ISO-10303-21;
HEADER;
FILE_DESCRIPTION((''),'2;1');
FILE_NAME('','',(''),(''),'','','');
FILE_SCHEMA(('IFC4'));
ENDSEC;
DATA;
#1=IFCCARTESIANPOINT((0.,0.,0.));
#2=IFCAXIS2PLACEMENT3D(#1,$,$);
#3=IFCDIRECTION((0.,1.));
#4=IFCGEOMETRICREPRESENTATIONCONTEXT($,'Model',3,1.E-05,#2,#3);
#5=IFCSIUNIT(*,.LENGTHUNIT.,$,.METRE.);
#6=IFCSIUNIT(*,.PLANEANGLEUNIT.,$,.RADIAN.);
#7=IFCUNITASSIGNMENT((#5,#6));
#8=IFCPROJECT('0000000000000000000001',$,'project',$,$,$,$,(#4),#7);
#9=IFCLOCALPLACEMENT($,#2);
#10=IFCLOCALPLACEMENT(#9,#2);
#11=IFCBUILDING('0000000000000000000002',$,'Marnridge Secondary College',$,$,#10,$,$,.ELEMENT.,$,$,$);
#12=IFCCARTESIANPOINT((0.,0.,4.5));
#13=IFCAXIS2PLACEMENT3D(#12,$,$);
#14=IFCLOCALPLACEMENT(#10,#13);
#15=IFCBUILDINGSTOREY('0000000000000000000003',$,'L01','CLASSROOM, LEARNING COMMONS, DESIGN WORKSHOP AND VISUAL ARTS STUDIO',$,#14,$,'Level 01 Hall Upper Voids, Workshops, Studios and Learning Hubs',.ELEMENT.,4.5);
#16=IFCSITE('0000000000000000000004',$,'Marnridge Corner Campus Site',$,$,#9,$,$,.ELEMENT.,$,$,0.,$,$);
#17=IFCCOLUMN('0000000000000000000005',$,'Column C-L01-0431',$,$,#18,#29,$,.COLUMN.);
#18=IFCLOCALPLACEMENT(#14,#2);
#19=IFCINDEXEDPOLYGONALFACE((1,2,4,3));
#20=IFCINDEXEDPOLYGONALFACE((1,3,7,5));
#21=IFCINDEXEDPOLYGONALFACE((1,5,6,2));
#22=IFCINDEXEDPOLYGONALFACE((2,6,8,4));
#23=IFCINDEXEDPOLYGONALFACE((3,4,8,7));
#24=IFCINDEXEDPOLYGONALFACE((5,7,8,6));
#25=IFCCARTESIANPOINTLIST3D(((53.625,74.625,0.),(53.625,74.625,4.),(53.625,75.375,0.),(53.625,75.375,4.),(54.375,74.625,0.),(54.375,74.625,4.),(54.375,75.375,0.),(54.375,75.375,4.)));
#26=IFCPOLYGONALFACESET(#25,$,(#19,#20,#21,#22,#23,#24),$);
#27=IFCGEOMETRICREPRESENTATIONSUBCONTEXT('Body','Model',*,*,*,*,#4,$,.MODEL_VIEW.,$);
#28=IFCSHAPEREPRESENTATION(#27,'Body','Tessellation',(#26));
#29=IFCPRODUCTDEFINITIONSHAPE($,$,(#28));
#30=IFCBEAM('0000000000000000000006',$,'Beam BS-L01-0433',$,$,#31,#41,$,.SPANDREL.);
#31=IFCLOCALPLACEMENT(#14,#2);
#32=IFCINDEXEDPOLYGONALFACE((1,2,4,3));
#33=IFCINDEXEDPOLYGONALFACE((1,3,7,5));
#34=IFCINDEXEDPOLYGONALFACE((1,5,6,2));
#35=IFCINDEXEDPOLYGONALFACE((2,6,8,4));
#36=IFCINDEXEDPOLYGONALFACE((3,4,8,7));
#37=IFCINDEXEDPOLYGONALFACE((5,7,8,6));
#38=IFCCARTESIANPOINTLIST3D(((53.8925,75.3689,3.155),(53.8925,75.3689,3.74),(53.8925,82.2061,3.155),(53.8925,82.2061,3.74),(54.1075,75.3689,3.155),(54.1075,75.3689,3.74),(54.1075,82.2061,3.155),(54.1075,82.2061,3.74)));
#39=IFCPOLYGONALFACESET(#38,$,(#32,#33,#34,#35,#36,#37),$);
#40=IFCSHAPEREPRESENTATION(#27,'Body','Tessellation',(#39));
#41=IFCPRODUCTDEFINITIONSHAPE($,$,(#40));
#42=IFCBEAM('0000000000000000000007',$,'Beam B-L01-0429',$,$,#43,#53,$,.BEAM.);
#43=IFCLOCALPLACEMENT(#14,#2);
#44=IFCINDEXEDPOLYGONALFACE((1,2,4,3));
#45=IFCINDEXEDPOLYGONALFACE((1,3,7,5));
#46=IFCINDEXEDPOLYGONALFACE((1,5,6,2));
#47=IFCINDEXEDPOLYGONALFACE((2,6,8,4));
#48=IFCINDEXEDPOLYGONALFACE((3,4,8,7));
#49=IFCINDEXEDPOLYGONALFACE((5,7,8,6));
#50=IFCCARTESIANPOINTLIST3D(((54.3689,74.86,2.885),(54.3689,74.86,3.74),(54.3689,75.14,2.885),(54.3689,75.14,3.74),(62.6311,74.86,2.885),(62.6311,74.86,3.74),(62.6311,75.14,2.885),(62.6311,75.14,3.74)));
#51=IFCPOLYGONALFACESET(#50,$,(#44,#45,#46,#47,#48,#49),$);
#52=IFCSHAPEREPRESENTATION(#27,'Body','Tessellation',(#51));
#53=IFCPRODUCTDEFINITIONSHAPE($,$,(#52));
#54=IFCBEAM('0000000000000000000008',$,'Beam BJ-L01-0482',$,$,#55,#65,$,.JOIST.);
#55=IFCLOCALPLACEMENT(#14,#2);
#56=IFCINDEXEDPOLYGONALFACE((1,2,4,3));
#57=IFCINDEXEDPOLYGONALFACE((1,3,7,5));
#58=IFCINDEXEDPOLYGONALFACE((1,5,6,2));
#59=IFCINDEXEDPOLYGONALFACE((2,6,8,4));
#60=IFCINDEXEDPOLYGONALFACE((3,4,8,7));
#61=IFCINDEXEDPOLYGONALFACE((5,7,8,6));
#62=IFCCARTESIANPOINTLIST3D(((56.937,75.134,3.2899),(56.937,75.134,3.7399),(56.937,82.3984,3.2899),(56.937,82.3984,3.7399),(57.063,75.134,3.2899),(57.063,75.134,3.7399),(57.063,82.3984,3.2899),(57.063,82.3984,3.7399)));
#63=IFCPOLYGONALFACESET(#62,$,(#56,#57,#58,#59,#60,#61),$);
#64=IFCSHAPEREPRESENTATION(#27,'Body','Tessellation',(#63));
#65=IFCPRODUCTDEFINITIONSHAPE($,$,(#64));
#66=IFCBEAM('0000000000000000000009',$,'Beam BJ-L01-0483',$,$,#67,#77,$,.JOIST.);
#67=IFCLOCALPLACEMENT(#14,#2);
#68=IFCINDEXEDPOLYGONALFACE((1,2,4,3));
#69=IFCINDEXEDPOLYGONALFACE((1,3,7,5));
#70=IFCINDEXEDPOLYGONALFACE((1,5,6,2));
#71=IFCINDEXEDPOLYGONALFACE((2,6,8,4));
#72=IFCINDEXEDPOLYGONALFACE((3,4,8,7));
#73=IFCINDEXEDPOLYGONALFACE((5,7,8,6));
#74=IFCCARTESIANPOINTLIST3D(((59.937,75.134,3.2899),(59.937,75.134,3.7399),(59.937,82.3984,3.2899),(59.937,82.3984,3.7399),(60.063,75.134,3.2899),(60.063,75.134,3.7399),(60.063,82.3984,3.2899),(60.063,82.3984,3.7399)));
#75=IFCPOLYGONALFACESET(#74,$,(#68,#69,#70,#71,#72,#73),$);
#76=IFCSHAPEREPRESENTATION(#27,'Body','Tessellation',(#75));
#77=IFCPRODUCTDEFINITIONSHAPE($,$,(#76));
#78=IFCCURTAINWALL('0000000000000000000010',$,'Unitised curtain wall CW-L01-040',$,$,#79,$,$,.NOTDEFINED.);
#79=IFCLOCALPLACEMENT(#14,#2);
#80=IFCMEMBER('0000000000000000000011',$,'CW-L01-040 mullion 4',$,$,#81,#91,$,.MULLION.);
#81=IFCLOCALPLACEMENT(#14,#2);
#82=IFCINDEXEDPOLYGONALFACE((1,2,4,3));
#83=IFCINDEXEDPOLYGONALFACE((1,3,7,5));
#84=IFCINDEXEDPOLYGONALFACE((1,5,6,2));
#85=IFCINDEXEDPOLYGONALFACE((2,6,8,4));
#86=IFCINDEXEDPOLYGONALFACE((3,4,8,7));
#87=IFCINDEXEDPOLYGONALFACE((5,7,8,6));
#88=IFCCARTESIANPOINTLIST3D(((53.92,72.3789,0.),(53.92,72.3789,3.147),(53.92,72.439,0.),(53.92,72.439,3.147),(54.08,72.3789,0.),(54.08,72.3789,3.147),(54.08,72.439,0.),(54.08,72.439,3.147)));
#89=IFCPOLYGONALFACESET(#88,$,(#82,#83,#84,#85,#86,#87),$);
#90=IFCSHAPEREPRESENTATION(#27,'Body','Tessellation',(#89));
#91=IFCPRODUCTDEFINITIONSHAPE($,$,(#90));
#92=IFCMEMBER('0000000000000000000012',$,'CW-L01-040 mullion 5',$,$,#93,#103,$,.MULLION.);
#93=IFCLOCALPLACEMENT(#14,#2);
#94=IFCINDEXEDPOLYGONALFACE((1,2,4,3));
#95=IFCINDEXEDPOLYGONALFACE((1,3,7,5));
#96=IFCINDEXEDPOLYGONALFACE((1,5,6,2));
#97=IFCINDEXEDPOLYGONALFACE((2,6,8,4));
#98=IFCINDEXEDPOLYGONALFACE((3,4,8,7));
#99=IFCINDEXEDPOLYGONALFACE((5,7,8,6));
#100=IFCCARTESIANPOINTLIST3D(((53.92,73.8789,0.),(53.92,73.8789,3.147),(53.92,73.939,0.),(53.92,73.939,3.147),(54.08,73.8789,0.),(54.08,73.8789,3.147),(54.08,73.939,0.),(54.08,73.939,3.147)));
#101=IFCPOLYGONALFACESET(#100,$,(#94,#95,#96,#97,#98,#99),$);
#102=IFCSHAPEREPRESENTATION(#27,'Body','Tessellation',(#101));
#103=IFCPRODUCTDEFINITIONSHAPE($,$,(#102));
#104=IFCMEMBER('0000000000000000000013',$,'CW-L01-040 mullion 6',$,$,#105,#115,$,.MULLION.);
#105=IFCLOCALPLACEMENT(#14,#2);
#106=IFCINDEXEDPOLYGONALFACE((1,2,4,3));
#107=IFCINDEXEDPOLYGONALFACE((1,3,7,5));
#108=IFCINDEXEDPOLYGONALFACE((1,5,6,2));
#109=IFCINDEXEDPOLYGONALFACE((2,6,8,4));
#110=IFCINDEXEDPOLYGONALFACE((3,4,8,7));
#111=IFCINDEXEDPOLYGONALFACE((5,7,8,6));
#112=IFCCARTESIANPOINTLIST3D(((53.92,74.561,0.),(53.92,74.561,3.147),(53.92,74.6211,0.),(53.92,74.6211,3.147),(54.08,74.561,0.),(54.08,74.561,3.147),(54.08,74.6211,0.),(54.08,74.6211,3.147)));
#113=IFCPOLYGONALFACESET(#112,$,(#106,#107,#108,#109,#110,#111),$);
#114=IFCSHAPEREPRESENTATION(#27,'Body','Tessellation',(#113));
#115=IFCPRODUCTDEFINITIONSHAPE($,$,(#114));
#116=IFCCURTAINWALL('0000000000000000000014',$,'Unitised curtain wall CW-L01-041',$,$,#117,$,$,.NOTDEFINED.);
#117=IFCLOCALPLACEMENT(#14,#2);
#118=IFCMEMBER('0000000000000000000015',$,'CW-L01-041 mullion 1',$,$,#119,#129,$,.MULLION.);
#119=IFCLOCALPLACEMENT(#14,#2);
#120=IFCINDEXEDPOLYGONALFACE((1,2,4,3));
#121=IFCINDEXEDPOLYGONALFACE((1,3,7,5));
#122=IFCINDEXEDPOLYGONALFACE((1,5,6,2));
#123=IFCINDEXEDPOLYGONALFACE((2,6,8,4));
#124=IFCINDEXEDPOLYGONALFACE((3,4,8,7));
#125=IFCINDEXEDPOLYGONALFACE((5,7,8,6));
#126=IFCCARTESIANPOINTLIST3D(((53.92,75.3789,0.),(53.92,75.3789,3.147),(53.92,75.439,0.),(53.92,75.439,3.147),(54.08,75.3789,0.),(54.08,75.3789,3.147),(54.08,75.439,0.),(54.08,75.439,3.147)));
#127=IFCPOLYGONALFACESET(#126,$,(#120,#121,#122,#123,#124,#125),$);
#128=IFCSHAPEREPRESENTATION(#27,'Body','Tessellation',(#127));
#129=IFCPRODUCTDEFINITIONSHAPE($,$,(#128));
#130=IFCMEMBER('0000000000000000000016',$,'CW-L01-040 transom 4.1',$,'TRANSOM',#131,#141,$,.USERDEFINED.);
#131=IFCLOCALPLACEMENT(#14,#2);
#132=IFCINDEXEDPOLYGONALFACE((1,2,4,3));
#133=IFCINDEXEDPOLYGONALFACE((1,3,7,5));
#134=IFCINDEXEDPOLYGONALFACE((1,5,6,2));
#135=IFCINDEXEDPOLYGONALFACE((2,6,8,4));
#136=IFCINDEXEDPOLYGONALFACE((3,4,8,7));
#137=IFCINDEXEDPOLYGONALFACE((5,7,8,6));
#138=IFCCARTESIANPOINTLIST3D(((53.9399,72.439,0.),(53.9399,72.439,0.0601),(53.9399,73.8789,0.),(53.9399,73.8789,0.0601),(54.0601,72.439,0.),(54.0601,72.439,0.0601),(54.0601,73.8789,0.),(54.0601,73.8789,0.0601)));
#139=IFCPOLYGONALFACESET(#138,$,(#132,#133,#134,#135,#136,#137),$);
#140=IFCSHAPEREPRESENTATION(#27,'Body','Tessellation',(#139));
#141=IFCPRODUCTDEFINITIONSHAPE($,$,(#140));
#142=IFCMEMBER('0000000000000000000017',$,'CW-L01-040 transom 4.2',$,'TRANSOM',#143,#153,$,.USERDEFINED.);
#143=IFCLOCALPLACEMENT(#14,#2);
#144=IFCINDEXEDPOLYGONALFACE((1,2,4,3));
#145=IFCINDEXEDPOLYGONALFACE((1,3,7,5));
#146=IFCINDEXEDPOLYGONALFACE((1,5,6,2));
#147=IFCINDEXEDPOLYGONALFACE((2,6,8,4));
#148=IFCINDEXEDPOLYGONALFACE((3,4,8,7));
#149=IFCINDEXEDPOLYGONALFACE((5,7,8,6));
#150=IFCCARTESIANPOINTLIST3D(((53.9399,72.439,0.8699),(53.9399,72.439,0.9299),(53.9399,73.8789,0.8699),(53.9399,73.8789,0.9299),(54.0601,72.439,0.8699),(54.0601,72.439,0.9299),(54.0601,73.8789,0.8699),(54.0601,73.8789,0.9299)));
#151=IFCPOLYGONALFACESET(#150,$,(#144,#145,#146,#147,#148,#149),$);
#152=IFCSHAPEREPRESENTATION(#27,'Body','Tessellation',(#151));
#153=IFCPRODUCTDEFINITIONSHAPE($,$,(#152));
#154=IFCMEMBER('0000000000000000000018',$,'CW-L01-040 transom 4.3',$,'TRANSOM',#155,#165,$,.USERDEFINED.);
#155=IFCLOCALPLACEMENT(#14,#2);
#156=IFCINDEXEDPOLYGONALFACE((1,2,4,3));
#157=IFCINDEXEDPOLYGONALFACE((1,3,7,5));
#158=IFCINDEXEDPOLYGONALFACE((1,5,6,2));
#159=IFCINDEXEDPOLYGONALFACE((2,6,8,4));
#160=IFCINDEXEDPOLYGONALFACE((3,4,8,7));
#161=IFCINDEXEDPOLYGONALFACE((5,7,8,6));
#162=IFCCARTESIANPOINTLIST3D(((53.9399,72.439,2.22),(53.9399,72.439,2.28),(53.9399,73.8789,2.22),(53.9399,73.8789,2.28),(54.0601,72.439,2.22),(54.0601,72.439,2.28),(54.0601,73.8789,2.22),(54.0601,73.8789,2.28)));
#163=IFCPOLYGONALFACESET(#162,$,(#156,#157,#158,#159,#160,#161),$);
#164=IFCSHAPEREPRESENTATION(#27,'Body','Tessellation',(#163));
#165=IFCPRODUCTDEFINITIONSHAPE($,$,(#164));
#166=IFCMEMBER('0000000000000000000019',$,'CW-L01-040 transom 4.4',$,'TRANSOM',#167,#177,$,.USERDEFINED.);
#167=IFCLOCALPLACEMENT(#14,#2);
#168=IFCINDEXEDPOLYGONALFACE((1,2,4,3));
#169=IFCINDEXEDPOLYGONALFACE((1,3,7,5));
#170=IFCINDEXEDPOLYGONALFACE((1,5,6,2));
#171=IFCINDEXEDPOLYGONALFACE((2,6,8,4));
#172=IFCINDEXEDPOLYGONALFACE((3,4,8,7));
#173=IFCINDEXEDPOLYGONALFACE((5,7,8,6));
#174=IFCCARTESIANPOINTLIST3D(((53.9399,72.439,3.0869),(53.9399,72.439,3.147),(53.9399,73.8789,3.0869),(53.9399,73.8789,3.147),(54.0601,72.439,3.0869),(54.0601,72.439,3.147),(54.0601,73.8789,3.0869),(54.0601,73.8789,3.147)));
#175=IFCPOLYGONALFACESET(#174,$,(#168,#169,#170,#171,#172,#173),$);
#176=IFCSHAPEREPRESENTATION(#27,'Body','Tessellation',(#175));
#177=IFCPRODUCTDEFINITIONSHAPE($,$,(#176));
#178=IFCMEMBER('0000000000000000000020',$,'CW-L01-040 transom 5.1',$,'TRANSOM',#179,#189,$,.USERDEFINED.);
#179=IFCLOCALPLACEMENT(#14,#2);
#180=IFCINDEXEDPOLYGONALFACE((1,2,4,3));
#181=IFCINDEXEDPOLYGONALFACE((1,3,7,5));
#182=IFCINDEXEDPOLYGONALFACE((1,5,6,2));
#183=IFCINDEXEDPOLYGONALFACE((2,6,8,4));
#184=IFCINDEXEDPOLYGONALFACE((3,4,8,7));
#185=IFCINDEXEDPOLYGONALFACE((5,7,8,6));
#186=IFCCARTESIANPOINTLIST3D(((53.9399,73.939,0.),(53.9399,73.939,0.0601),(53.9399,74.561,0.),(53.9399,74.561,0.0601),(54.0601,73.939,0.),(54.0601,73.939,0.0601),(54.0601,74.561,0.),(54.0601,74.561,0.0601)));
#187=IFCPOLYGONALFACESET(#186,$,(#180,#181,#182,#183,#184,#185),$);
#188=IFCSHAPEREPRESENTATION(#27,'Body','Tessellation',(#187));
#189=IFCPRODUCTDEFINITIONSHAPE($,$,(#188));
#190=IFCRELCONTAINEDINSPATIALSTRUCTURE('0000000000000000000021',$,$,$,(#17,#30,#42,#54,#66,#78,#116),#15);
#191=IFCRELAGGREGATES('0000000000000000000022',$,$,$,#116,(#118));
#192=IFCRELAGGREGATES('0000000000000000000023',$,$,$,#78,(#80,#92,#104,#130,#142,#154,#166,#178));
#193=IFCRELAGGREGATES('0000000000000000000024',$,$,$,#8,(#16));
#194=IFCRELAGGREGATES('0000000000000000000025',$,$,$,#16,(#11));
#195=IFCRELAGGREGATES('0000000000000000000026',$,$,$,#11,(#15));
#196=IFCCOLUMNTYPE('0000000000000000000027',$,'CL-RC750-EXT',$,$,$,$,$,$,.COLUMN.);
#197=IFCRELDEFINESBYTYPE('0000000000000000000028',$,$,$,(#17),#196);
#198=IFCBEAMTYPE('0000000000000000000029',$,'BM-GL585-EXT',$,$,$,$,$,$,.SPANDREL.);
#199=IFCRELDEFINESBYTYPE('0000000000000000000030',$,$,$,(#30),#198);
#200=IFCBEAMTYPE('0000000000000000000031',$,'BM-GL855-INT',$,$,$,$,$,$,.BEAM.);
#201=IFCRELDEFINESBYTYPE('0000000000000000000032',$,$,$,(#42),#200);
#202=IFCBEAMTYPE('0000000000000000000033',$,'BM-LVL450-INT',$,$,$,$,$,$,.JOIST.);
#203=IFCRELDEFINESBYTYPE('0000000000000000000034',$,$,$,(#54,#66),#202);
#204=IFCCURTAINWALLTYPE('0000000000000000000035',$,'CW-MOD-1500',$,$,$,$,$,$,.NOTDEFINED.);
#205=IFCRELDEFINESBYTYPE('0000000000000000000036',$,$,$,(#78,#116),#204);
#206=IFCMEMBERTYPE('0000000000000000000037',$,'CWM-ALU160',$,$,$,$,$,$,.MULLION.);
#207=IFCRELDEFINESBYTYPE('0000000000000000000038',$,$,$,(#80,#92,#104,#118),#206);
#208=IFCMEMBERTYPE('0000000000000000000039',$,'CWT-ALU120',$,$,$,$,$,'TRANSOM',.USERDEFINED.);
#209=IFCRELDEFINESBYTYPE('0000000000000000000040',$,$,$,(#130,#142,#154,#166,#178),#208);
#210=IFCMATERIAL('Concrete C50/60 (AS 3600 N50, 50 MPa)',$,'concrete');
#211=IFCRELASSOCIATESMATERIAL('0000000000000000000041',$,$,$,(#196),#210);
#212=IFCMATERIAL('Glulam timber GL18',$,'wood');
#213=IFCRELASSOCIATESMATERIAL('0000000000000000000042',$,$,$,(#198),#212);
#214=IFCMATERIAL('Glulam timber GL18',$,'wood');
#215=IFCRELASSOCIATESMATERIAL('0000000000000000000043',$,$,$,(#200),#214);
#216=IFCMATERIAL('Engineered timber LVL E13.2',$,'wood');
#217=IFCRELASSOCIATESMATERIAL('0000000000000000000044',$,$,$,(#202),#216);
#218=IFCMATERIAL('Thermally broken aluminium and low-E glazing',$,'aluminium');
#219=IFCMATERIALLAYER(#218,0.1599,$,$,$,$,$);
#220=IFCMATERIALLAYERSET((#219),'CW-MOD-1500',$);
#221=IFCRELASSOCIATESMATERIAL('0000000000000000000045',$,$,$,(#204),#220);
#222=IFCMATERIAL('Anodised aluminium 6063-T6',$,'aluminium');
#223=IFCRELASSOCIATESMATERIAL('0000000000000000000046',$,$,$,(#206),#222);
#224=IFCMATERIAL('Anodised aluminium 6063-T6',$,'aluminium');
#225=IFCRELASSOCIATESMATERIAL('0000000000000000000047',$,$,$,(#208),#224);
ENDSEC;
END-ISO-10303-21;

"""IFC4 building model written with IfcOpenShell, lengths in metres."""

from ifc_helpers import new_model, si_unit, direction, frame, origin, origin_2d, place, context, subcontext, project, spatial, rectangle, extrude, material, layer, layer_set, material_profile, profile_set, type_object, element, aggregate, save


model = new_model("IFC4")

# Units and contexts
model_context = context("Model", 3, precision=1e-05, world=origin(), true_north=direction((0.0, 1.0)))
body_context = subcontext(model_context, "Body", "Model", "MODEL_VIEW")
ifc_project = project(units=[si_unit("LENGTHUNIT", "METRE"), si_unit("PLANEANGLEUNIT", "RADIAN")], contexts=[model_context])

# Site, building, storey
site_placement = place(None, origin())
site = spatial("IfcSite", under=ifc_project, at=site_placement, Name="Marnridge Corner Campus Site", CompositionType="ELEMENT", RefElevation=0.0)
building_placement = place(site_placement, origin())
building = spatial("IfcBuilding", under=site, at=building_placement, Name="Marnridge Secondary College", CompositionType="ELEMENT")
storey_placement = place(building_placement, frame((0.0, 0.0, 4.5)))
storey = spatial("IfcBuildingStorey", under=building, at=storey_placement, Name="L01", Description="CLASSROOM, LEARNING COMMONS, DESIGN WORKSHOP AND VISUAL ARTS STUDIO", LongName="Level 01 Hall Upper Voids, Workshops, Studios and Learning Hubs", CompositionType="ELEMENT", Elevation=4.5)

# Column
ifc_material_1 = material(Name="Concrete C50/60 (AS 3600 N50, 50 MPa)", Category="concrete")
ifc_material_profile_1 = material_profile(ifc_material_1, rectangle(XDim=0.75, YDim=0.75, at=origin_2d()), Name="RC 750x750")
ifc_profile_set_1 = profile_set([ifc_material_profile_1], Name="Concrete C50/60 (AS 3600 N50, 50 MPa)")
column_type = type_object("IfcColumnType", Name="CL-RC750-EXT", PredefinedType="COLUMN", material=ifc_profile_set_1)
column_placement = place(storey_placement, frame((54.0, 75.0, 0.0), z_axis=(0.0, 0.0, 1.0), x_axis=(1.0, 0.0, 0.0)))
element("IfcColumn", 1, at=column_placement, inside=storey, type_object=column_type, Name="Column C-L01-0431", PredefinedType="COLUMN", context=body_context, shape_type="SweptSolid", body=[
    extrude(rectangle(XDim=0.75, YDim=0.75, at=origin_2d()), origin(), (0.0, 0.0, 1.0), 4.0),
])

# Beams
ifc_material_2 = material(Name="Glulam timber GL18", Category="wood")
ifc_material_profile_2 = material_profile(ifc_material_2, rectangle(XDim=0.2151, YDim=0.585, at=origin_2d()), Name="GL18 215x585")
ifc_profile_set_2 = profile_set([ifc_material_profile_2], Name="Glulam timber GL18")
beam_type_1 = type_object("IfcBeamType", Name="BM-GL585-EXT", PredefinedType="SPANDREL", material=ifc_profile_set_2)
beam_1_placement = place(storey_placement, frame((54.0, 75.3689, 3.4475), z_axis=(0.0, 1.0, 0.0), x_axis=(-1.0, 0.0, 0.0)))
element("IfcBeam", 2, at=beam_1_placement, inside=storey, type_object=beam_type_1, Name="Beam BS-L01-0433", PredefinedType="SPANDREL", context=body_context, shape_type="SweptSolid", body=[
    extrude(rectangle(XDim=0.2151, YDim=0.585, at=origin_2d()), origin(), (0.0, 0.0, 1.0), 6.8372),
])
ifc_material_3 = material(Name="Glulam timber GL18", Category="wood")
ifc_material_profile_3 = material_profile(ifc_material_3, rectangle(XDim=0.28, YDim=0.855, at=origin_2d()), Name="GL18 280x855")
ifc_profile_set_3 = profile_set([ifc_material_profile_3], Name="Glulam timber GL18")
beam_type_2 = type_object("IfcBeamType", Name="BM-GL855-INT", PredefinedType="BEAM", material=ifc_profile_set_3)
beam_2_placement = place(storey_placement, frame((54.3689, 75.0, 3.3125), z_axis=(1.0, 0.0, 0.0), x_axis=(0.0, 1.0, 0.0)))
element("IfcBeam", 3, at=beam_2_placement, inside=storey, type_object=beam_type_2, Name="Beam B-L01-0429", PredefinedType="BEAM", context=body_context, shape_type="SweptSolid", body=[
    extrude(rectangle(XDim=0.28, YDim=0.855, at=origin_2d()), origin(), (0.0, 0.0, 1.0), 8.2622),
])
ifc_material_4 = material(Name="Engineered timber LVL E13.2", Category="wood")
ifc_material_profile_4 = material_profile(ifc_material_4, rectangle(XDim=0.126, YDim=0.45, at=origin_2d()), Name="LVL 126x450")
ifc_profile_set_4 = profile_set([ifc_material_profile_4], Name="Engineered timber LVL E13.2")
beam_type_3 = type_object("IfcBeamType", Name="BM-LVL450-INT", PredefinedType="JOIST", material=ifc_profile_set_4)
for number, where, z_axis, x_axis, name in (
    (4, (57.0, 75.134, 3.5149), (0.0, 1.0, 0.0), (-1.0, 0.0, 0.0), "Beam BJ-L01-0482"),
    (5, (60.0, 75.134, 3.5149), (0.0, 1.0, 0.0), (-1.0, 0.0, 0.0), "Beam BJ-L01-0483"),
):
    element("IfcBeam", number, at=place(storey_placement, frame(where, z_axis=z_axis, x_axis=x_axis)), inside=storey, type_object=beam_type_3, Name=name, PredefinedType="JOIST", context=body_context, shape_type="SweptSolid", body=[
        extrude(rectangle(XDim=0.126, YDim=0.45, at=origin_2d()), origin(), (0.0, 0.0, 1.0), 7.2644),
    ])

# Curtain wall, members
ifc_material_5 = material(Name="Thermally broken aluminium and low-E glazing", Category="aluminium")
ifc_layer_1 = layer(ifc_material_5, 0.1599)
ifc_layer_set_1 = layer_set([ifc_layer_1], Name="CW-MOD-1500")
curtain_wall_type = type_object("IfcCurtainWallType", Name="CW-MOD-1500", PredefinedType="NOTDEFINED", material=ifc_layer_set_1)
curtain_wall_1_placement = place(storey_placement, origin())
curtain_wall_1 = element("IfcCurtainWall", 6, at=curtain_wall_1_placement, inside=storey, type_object=curtain_wall_type, Name="Unitised curtain wall CW-L01-040", PredefinedType="NOTDEFINED")
ifc_material_6 = material(Name="Anodised aluminium 6063-T6", Category="aluminium")
ifc_material_profile_5 = material_profile(ifc_material_6, rectangle(XDim=0.0601, YDim=0.1599, at=origin_2d()), Name="ALU 60x160")
ifc_profile_set_5 = profile_set([ifc_material_profile_5], Name="Anodised aluminium 6063-T6")
member_type_1 = type_object("IfcMemberType", Name="CWM-ALU160", PredefinedType="MULLION", material=ifc_profile_set_5)
member_1_placement = place(storey_placement, frame((54.0, 72.4089, 0.0), z_axis=(0.0, 0.0, 1.0), x_axis=(0.0, 1.0, 0.0)))
member_1 = element("IfcMember", 7, at=member_1_placement, type_object=member_type_1, Name="CW-L01-040 mullion 4", PredefinedType="MULLION", context=body_context, shape_type="SweptSolid", body=[
    extrude(rectangle(XDim=0.0601, YDim=0.1599, at=origin_2d()), origin(), (0.0, 0.0, 1.0), 3.147),
])
member_2_placement = place(storey_placement, frame((54.0, 73.9089, 0.0), z_axis=(0.0, 0.0, 1.0), x_axis=(0.0, 1.0, 0.0)))
member_2 = element("IfcMember", 8, at=member_2_placement, type_object=member_type_1, Name="CW-L01-040 mullion 5", PredefinedType="MULLION", context=body_context, shape_type="SweptSolid", body=[
    extrude(rectangle(XDim=0.0601, YDim=0.1599, at=origin_2d()), origin(), (0.0, 0.0, 1.0), 3.147),
])
member_3_placement = place(storey_placement, frame((54.0, 74.5911, 0.0), z_axis=(0.0, 0.0, 1.0), x_axis=(0.0, 1.0, 0.0)))
member_3 = element("IfcMember", 9, at=member_3_placement, type_object=member_type_1, Name="CW-L01-040 mullion 6", PredefinedType="MULLION", context=body_context, shape_type="SweptSolid", body=[
    extrude(rectangle(XDim=0.0601, YDim=0.1599, at=origin_2d()), origin(), (0.0, 0.0, 1.0), 3.147),
])

# Curtain wall, member
curtain_wall_2_placement = place(storey_placement, origin())
curtain_wall_2 = element("IfcCurtainWall", 10, at=curtain_wall_2_placement, inside=storey, type_object=curtain_wall_type, Name="Unitised curtain wall CW-L01-041", PredefinedType="NOTDEFINED")
member_4_placement = place(storey_placement, frame((54.0, 75.4089, 0.0), z_axis=(0.0, 0.0, 1.0), x_axis=(0.0, 1.0, 0.0)))
member_4 = element("IfcMember", 11, at=member_4_placement, type_object=member_type_1, Name="CW-L01-041 mullion 1", PredefinedType="MULLION", context=body_context, shape_type="SweptSolid", body=[
    extrude(rectangle(XDim=0.0601, YDim=0.1599, at=origin_2d()), origin(), (0.0, 0.0, 1.0), 3.147),
])
aggregate(curtain_wall_2, [member_4])

# Members
ifc_material_7 = material(Name="Anodised aluminium 6063-T6", Category="aluminium")
ifc_material_profile_6 = material_profile(ifc_material_7, rectangle(XDim=0.0601, YDim=0.1201, at=origin_2d()), Name="ALU 60x120")
ifc_profile_set_6 = profile_set([ifc_material_profile_6], Name="Anodised aluminium 6063-T6")
member_type_2 = type_object("IfcMemberType", Name="CWT-ALU120", ElementType="TRANSOM", PredefinedType="USERDEFINED", material=ifc_profile_set_6)
member_5_placement = place(storey_placement, frame((54.0, 72.439, 0.03), z_axis=(0.0, 1.0, 0.0), x_axis=(0.0, 0.0, 1.0)))
member_5 = element("IfcMember", 12, at=member_5_placement, type_object=member_type_2, Name="CW-L01-040 transom 4.1", ObjectType="TRANSOM", PredefinedType="USERDEFINED", context=body_context, shape_type="SweptSolid", body=[
    extrude(rectangle(XDim=0.0601, YDim=0.1201, at=origin_2d()), origin(), (0.0, 0.0, 1.0), 1.4399),
])
member_6_placement = place(storey_placement, frame((54.0, 72.439, 0.8999), z_axis=(0.0, 1.0, 0.0), x_axis=(0.0, 0.0, 1.0)))
member_6 = element("IfcMember", 13, at=member_6_placement, type_object=member_type_2, Name="CW-L01-040 transom 4.2", ObjectType="TRANSOM", PredefinedType="USERDEFINED", context=body_context, shape_type="SweptSolid", body=[
    extrude(rectangle(XDim=0.0601, YDim=0.1201, at=origin_2d()), origin(), (0.0, 0.0, 1.0), 1.4399),
])
member_7_placement = place(storey_placement, frame((54.0, 72.439, 2.25), z_axis=(0.0, 1.0, 0.0), x_axis=(0.0, 0.0, 1.0)))
member_7 = element("IfcMember", 14, at=member_7_placement, type_object=member_type_2, Name="CW-L01-040 transom 4.3", ObjectType="TRANSOM", PredefinedType="USERDEFINED", context=body_context, shape_type="SweptSolid", body=[
    extrude(rectangle(XDim=0.0601, YDim=0.1201, at=origin_2d()), origin(), (0.0, 0.0, 1.0), 1.4399),
])
member_8_placement = place(storey_placement, frame((54.0, 72.439, 3.1169), z_axis=(0.0, 1.0, 0.0), x_axis=(0.0, 0.0, 1.0)))
member_8 = element("IfcMember", 15, at=member_8_placement, type_object=member_type_2, Name="CW-L01-040 transom 4.4", ObjectType="TRANSOM", PredefinedType="USERDEFINED", context=body_context, shape_type="SweptSolid", body=[
    extrude(rectangle(XDim=0.0601, YDim=0.1201, at=origin_2d()), origin(), (0.0, 0.0, 1.0), 1.4399),
])
member_9_placement = place(storey_placement, frame((54.0, 73.939, 0.03), z_axis=(0.0, 1.0, 0.0), x_axis=(0.0, 0.0, 1.0)))
member_9 = element("IfcMember", 16, at=member_9_placement, type_object=member_type_2, Name="CW-L01-040 transom 5.1", ObjectType="TRANSOM", PredefinedType="USERDEFINED", context=body_context, shape_type="SweptSolid", body=[
    extrude(rectangle(XDim=0.0601, YDim=0.1201, at=origin_2d()), origin(), (0.0, 0.0, 1.0), 0.6221),
])

aggregate(curtain_wall_1, [member_1, member_2, member_3, member_5, member_6, member_7, member_8, member_9])

save(model, "model.ifc")
